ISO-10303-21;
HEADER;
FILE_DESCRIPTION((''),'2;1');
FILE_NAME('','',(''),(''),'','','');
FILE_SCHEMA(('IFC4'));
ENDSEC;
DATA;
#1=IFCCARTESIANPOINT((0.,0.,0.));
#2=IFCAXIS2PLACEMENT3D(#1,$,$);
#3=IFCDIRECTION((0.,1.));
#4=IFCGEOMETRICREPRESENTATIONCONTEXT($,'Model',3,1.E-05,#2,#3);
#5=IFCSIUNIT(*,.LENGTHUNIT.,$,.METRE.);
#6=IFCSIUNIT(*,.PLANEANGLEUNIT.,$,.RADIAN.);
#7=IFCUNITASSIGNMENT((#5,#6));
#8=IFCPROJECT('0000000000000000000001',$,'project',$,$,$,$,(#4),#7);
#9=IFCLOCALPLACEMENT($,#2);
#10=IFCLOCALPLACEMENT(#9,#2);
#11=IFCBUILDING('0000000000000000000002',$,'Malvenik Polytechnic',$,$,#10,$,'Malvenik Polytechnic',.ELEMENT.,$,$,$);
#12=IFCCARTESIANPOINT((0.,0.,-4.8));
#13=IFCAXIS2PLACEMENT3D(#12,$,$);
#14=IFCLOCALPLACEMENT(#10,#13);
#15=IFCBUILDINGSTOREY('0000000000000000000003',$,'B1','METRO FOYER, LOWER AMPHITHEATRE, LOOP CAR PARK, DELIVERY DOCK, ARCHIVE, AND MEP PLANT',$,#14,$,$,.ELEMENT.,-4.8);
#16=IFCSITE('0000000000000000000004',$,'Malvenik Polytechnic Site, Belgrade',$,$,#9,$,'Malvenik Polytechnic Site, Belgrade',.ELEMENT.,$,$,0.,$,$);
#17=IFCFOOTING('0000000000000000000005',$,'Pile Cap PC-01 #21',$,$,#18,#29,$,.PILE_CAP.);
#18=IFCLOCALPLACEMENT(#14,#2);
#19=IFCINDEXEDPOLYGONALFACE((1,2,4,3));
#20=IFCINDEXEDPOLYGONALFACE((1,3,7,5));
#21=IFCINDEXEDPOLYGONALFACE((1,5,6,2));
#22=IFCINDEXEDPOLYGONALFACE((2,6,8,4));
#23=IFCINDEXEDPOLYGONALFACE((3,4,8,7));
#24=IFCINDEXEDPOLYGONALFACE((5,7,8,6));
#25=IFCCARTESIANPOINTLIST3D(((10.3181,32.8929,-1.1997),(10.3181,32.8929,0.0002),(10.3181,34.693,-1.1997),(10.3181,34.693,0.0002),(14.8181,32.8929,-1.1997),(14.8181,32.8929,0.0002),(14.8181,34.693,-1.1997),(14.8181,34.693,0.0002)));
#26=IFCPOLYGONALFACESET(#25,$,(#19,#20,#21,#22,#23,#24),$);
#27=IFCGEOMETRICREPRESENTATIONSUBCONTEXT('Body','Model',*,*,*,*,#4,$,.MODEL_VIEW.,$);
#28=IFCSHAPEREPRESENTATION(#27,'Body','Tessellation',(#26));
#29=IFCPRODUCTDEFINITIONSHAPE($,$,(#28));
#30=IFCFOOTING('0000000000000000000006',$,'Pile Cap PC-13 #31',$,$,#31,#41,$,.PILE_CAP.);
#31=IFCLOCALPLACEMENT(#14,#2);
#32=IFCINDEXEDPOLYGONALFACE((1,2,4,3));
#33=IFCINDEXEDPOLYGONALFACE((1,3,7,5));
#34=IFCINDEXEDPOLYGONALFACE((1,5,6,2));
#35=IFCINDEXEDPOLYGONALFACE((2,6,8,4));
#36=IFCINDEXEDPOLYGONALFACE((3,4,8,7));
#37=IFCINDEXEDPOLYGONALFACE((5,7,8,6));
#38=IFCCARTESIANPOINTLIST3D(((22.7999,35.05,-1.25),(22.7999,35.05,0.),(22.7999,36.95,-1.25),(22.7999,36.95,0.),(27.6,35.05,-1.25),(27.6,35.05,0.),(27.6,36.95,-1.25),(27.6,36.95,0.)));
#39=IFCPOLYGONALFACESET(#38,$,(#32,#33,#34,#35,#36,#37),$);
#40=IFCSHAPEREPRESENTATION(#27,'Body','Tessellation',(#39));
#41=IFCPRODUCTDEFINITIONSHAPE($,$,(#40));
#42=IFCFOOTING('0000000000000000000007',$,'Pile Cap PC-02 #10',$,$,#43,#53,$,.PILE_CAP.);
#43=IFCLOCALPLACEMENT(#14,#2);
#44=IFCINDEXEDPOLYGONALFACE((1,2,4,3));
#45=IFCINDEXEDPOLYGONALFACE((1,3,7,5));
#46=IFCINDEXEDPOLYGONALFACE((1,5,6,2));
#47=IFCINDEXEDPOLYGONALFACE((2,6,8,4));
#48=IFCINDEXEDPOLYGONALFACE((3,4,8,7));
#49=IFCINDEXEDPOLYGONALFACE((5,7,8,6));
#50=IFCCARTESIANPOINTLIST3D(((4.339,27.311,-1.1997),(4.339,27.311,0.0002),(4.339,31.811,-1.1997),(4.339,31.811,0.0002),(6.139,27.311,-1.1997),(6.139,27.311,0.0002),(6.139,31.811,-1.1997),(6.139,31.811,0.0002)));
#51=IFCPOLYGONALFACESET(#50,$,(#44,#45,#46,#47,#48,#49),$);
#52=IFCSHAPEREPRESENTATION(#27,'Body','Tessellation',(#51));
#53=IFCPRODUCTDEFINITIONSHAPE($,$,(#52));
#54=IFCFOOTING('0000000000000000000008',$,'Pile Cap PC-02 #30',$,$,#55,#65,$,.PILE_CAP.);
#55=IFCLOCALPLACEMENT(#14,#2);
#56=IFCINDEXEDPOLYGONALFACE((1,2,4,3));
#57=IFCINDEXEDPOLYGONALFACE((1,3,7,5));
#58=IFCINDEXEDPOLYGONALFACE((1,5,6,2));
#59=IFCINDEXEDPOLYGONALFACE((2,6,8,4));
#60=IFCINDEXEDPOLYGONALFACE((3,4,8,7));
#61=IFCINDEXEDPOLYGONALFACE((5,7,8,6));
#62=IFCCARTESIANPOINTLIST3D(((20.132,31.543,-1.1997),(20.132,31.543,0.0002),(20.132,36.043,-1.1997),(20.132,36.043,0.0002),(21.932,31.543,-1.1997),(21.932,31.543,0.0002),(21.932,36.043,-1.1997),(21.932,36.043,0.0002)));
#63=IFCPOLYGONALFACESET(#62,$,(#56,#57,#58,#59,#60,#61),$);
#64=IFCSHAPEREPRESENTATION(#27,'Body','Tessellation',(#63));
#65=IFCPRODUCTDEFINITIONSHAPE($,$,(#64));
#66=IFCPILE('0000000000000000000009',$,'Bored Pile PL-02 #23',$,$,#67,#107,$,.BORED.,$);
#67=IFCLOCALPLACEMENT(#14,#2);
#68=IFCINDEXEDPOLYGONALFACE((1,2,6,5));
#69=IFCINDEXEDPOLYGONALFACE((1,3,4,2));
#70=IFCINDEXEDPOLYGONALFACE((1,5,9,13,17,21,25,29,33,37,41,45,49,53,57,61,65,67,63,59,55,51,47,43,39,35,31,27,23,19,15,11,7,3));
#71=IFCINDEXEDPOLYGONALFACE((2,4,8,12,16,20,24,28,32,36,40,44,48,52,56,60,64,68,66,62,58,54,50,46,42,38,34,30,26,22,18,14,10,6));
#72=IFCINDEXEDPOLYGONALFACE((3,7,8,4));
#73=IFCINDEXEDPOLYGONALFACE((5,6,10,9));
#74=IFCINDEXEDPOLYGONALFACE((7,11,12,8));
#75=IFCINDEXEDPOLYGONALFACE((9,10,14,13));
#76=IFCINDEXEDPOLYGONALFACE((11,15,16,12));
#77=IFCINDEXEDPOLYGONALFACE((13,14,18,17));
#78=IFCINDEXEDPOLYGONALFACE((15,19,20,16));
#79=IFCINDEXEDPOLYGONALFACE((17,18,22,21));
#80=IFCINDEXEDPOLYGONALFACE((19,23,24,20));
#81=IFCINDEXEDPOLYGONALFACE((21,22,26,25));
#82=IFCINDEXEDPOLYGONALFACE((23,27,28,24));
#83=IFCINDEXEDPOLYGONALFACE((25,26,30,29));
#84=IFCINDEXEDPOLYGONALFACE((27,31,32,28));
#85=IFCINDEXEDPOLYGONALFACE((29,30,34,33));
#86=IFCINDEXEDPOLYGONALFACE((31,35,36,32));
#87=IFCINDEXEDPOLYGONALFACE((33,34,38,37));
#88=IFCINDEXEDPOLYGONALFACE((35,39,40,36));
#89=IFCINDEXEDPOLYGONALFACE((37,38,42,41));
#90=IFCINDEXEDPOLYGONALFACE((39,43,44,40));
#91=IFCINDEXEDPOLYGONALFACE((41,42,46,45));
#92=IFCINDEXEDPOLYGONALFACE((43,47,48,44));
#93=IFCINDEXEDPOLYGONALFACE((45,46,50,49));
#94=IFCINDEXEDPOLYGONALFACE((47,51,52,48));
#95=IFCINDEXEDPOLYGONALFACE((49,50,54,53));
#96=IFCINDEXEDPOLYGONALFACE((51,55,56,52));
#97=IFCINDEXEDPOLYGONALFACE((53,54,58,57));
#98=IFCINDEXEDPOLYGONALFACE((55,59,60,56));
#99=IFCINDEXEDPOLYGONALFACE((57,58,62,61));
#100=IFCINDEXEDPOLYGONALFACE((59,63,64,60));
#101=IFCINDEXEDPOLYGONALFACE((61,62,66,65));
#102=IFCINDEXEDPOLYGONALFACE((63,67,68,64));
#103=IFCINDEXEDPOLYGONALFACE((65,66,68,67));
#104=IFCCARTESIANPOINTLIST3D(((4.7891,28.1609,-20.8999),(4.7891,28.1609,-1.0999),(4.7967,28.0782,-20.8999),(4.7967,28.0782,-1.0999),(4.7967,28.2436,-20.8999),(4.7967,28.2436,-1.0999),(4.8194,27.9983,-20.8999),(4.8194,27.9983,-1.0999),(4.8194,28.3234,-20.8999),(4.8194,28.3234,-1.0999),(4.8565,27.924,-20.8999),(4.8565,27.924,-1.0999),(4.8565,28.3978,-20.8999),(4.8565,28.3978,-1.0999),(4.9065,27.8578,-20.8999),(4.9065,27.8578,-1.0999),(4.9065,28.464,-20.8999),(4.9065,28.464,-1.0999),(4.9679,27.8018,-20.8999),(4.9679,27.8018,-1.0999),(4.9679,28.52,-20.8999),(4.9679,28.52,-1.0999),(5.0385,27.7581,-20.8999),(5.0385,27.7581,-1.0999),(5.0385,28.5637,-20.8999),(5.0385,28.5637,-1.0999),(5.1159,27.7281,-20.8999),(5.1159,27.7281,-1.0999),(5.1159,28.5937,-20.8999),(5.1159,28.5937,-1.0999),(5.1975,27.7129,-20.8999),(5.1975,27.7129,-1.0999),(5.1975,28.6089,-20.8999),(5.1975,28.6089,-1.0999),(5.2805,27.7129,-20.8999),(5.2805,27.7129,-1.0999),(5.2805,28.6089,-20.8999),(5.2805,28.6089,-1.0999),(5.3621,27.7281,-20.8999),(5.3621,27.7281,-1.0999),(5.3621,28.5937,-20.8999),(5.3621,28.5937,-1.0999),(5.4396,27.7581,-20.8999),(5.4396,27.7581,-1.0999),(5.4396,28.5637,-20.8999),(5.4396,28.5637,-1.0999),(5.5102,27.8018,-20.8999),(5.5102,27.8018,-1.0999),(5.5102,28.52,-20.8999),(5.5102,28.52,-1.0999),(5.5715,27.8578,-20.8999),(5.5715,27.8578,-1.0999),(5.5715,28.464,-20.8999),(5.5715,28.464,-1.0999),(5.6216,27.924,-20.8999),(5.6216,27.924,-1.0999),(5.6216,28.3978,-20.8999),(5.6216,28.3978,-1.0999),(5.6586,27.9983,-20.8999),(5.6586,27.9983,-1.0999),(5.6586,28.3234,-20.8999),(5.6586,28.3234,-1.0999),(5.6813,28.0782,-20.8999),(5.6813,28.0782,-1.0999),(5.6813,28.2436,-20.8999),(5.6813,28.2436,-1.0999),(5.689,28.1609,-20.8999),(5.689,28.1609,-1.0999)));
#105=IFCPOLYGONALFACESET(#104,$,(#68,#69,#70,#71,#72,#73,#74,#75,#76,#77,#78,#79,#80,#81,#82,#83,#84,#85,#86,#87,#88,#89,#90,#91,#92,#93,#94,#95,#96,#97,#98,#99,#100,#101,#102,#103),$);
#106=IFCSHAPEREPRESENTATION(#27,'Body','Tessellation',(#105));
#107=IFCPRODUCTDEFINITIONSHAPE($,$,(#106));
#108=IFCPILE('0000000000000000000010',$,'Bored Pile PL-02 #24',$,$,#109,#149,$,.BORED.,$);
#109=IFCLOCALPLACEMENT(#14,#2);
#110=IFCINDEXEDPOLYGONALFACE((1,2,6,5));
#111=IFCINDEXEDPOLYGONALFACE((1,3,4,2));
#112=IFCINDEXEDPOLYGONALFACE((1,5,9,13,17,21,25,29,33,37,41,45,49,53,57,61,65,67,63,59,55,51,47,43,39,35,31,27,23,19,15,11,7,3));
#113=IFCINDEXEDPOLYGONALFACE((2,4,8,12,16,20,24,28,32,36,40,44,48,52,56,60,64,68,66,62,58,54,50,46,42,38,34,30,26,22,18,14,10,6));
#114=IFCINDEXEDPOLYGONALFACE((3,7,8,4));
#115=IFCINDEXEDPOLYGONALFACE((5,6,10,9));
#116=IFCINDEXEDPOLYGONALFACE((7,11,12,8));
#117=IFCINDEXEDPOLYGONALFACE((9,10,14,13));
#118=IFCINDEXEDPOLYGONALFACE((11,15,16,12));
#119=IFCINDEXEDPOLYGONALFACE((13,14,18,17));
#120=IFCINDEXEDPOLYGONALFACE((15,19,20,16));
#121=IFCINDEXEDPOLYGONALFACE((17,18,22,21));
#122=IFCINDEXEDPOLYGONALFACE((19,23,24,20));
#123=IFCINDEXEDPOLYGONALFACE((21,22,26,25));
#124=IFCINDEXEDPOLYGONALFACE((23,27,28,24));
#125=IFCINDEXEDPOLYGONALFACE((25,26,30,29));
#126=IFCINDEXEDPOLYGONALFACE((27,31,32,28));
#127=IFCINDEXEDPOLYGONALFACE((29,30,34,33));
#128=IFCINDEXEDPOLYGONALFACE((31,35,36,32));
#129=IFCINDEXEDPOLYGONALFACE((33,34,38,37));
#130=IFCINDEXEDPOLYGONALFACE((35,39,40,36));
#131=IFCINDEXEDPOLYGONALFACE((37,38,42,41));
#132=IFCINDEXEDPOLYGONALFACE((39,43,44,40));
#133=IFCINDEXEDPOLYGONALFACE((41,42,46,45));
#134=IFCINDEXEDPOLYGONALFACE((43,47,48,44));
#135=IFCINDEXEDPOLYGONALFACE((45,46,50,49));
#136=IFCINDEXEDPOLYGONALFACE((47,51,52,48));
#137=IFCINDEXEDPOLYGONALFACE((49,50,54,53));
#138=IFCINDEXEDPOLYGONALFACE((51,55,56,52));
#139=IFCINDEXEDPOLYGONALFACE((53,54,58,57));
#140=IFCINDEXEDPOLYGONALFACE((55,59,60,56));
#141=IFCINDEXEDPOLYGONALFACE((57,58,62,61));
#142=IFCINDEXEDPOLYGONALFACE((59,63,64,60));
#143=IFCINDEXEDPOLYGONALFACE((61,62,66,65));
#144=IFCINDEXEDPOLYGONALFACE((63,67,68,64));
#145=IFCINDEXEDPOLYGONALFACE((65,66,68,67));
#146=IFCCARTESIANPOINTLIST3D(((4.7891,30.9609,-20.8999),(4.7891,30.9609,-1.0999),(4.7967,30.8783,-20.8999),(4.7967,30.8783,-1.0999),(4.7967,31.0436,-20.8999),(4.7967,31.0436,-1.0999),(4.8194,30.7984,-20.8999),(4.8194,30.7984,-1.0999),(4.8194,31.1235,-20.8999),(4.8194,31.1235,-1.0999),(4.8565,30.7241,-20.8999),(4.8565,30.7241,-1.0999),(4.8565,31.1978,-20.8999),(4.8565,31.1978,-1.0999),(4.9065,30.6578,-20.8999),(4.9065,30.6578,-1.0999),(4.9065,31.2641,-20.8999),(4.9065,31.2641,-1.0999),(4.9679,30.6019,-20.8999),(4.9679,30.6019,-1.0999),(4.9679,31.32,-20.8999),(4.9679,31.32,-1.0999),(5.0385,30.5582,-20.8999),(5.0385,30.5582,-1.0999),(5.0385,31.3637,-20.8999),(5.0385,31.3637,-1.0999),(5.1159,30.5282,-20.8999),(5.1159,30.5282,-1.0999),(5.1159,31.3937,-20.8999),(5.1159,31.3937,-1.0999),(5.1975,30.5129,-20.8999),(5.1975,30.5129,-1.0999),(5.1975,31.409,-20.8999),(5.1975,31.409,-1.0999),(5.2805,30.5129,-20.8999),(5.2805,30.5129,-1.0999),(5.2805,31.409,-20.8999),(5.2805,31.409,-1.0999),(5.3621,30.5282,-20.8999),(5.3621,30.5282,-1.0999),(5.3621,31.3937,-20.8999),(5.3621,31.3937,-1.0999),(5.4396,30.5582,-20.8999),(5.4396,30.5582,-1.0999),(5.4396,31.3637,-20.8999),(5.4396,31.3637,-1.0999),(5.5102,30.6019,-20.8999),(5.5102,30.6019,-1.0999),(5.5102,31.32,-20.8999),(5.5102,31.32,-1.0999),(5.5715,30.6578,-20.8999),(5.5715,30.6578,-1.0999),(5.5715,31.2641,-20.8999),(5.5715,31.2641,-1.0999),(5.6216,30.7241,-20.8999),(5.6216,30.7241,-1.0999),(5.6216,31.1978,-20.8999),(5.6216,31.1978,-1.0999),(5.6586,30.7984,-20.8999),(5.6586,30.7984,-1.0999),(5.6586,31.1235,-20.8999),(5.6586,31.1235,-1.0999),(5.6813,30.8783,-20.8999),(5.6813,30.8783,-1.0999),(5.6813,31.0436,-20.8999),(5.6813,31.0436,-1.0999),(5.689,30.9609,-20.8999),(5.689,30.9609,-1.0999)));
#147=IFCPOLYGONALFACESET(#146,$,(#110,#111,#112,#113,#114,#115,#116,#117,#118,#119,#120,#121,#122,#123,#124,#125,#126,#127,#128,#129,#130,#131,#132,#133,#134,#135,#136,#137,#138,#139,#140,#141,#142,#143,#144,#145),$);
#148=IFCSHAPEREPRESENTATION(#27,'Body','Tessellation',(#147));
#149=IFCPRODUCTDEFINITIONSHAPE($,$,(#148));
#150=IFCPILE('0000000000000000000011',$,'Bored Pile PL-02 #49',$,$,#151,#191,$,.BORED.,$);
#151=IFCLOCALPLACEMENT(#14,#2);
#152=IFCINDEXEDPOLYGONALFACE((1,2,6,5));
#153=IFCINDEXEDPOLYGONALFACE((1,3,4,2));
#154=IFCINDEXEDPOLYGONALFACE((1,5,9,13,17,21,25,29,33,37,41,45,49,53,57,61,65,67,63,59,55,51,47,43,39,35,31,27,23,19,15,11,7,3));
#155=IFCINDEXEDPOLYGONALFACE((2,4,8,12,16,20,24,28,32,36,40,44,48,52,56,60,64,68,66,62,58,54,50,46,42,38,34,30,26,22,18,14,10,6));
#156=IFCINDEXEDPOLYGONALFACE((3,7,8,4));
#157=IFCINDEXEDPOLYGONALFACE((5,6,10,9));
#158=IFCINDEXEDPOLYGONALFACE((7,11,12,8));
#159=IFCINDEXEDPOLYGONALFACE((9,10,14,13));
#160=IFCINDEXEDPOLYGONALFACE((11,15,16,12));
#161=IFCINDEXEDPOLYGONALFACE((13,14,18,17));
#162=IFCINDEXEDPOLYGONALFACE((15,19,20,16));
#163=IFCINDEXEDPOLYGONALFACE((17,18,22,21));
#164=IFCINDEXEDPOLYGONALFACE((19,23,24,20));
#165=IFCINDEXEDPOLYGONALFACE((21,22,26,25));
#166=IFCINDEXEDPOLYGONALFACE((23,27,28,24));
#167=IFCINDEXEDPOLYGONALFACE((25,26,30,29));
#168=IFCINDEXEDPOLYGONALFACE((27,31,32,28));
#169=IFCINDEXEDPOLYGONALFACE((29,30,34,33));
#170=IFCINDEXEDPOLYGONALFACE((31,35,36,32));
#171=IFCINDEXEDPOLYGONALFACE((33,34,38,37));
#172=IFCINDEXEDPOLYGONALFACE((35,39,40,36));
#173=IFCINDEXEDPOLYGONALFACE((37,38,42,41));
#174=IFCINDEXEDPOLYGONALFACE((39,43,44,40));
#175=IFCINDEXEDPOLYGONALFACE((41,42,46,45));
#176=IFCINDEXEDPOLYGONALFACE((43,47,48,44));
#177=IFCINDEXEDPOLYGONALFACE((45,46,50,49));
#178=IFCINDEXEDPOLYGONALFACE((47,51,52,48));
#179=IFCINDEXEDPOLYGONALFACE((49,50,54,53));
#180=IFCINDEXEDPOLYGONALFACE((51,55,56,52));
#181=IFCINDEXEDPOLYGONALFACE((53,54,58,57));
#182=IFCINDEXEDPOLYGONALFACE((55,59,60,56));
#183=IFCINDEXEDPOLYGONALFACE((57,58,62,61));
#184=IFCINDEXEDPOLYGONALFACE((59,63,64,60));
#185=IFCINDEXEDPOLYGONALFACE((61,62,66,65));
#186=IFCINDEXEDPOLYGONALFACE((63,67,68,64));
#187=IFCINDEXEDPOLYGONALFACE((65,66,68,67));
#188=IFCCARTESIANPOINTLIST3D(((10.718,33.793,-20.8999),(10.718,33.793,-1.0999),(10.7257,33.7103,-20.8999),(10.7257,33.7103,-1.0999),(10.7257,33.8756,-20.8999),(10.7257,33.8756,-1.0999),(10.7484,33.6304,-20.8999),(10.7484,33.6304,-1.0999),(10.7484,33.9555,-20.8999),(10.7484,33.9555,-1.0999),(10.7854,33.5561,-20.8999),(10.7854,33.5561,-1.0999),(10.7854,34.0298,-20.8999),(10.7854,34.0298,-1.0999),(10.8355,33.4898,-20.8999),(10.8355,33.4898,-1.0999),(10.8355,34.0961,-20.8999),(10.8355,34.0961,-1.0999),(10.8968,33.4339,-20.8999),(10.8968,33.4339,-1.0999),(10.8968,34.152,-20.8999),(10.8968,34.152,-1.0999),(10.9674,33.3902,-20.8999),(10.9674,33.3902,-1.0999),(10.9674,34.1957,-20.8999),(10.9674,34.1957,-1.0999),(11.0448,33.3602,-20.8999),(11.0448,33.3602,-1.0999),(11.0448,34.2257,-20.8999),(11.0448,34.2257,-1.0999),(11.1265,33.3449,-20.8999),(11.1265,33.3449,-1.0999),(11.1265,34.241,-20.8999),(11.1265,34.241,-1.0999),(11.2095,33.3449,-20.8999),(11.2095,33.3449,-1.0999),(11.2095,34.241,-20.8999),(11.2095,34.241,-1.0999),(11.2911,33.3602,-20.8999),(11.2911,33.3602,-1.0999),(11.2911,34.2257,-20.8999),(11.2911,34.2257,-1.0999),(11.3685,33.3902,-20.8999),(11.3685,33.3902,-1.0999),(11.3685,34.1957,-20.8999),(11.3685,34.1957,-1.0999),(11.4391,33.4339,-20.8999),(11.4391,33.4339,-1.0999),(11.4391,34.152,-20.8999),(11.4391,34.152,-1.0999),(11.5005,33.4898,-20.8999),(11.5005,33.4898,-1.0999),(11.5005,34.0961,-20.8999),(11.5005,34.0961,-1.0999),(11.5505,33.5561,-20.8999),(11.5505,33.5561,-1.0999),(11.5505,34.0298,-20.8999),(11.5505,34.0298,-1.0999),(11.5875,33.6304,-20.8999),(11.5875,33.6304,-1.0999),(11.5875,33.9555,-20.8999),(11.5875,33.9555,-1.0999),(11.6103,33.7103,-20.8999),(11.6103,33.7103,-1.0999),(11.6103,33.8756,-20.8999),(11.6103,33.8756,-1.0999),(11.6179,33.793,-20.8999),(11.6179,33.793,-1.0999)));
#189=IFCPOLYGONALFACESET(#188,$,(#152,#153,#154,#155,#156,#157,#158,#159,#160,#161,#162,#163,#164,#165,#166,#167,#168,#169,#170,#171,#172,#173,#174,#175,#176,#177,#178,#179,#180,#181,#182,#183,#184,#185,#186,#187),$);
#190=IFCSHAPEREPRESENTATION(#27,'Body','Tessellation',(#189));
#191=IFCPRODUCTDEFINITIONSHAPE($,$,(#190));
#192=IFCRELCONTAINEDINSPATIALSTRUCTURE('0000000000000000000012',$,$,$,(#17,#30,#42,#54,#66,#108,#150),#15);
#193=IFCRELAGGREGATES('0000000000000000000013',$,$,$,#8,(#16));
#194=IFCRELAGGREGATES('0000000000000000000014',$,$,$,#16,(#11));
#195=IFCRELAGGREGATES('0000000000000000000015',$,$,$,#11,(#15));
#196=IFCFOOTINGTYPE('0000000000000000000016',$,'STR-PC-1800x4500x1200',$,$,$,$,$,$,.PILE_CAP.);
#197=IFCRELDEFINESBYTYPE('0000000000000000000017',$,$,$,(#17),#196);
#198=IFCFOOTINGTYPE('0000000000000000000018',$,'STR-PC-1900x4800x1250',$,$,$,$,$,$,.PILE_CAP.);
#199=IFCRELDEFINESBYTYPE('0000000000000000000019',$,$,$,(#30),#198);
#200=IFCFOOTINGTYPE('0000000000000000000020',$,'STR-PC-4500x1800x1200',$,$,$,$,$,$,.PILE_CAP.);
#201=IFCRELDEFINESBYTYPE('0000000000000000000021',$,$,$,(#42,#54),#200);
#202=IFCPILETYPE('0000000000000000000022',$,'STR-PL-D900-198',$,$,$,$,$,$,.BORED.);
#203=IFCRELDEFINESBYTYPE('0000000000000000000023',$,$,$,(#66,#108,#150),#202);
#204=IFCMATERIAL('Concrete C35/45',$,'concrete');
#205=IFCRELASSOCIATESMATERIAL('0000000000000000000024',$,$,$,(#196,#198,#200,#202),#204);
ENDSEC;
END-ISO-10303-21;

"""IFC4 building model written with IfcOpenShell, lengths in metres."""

from ifc_helpers import new_model, si_unit, direction, frame, origin, origin_2d, place, context, subcontext, project, spatial, rectangle, circle, extrude, material, material_profile, profile_set, type_object, element, save


model = new_model("IFC4")

# Units and contexts
model_context = context("Model", 3, precision=1e-05, world=origin(), true_north=direction((0.0, 1.0)))
body_context = subcontext(model_context, "Body", "Model", "MODEL_VIEW")
ifc_project = project(units=[si_unit("LENGTHUNIT", "METRE"), si_unit("PLANEANGLEUNIT", "RADIAN")], contexts=[model_context])

# Site, building, storey
site_placement = place(None, origin())
site = spatial("IfcSite", under=ifc_project, at=site_placement, Name="Malvenik Polytechnic Site, Belgrade", LongName="Malvenik Polytechnic Site, Belgrade", CompositionType="ELEMENT", RefElevation=0.0)
building_placement = place(site_placement, origin())
building = spatial("IfcBuilding", under=site, at=building_placement, Name="Malvenik Polytechnic", LongName="Malvenik Polytechnic", CompositionType="ELEMENT")
storey_placement = place(building_placement, frame((0.0, 0.0, -4.8)))
storey = spatial("IfcBuildingStorey", under=building, at=storey_placement, Name="B1", Description="METRO FOYER, LOWER AMPHITHEATRE, LOOP CAR PARK, DELIVERY DOCK, ARCHIVE, AND MEP PLANT", CompositionType="ELEMENT", Elevation=-4.8)

# Footings
ifc_material_1 = material(Name="Concrete C35/45", Category="concrete")
footing_type_1 = type_object("IfcFootingType", Name="STR-PC-1800x4500x1200", PredefinedType="PILE_CAP", material=ifc_material_1)
footing_1_placement = place(storey_placement, frame((12.5681, 33.793, -1.1997), z_axis=(0.0, 0.0, 1.0), x_axis=(1.0, 0.0, 0.0)))
element("IfcFooting", 1, at=footing_1_placement, inside=storey, type_object=footing_type_1, Name="Pile Cap PC-01 #21", PredefinedType="PILE_CAP", context=body_context, shape_type="SweptSolid", body=[
    extrude(rectangle(XDim=4.5, YDim=1.8, at=origin_2d()), origin(), (0.0, 0.0, 1.0), 1.2),
])
footing_type_2 = type_object("IfcFootingType", Name="STR-PC-1900x4800x1250", PredefinedType="PILE_CAP", material=ifc_material_1)
footing_2_placement = place(storey_placement, frame((25.2, 36.0, -1.25), z_axis=(0.0, 0.0, 1.0), x_axis=(1.0, 0.0, 0.0)))
element("IfcFooting", 2, at=footing_2_placement, inside=storey, type_object=footing_type_2, Name="Pile Cap PC-13 #31", PredefinedType="PILE_CAP", context=body_context, shape_type="SweptSolid", body=[
    extrude(rectangle(XDim=4.8, YDim=1.8999, at=origin_2d()), origin(), (0.0, 0.0, 1.0), 1.25),
])
footing_type_3 = type_object("IfcFootingType", Name="STR-PC-4500x1800x1200", PredefinedType="PILE_CAP", material=ifc_material_1)
for number, where, z_axis, x_axis, name in (
    (3, (5.239, 29.561, -1.1997), (0.0, 0.0, 1.0), (1.0, 0.0, 0.0), "Pile Cap PC-02 #10"),
    (4, (21.032, 33.793, -1.1997), (0.0, 0.0, 1.0), (1.0, 0.0, 0.0), "Pile Cap PC-02 #30"),
):
    element("IfcFooting", number, at=place(storey_placement, frame(where, z_axis=z_axis, x_axis=x_axis)), inside=storey, type_object=footing_type_3, Name=name, PredefinedType="PILE_CAP", context=body_context, shape_type="SweptSolid", body=[
        extrude(rectangle(XDim=1.8, YDim=4.5, at=origin_2d()), origin(), (0.0, 0.0, 1.0), 1.2),
    ])

# Piles
ifc_material_profile_1 = material_profile(ifc_material_1, circle(Radius=0.45, at=origin_2d()), Name="BORED PILE D900")
ifc_profile_set_1 = profile_set([ifc_material_profile_1], Name="Concrete C35/45")
pile_type = type_object("IfcPileType", Name="STR-PL-D900-198", PredefinedType="BORED", material=ifc_profile_set_1)
for number, where, z_axis, x_axis, name in (
    (5, (5.239, 28.1609, -1.0999), (0.0, 0.0, -1.0), (1.0, 0.0, 0.0), "Bored Pile PL-02 #23"),
    (6, (5.239, 30.9609, -1.0999), (0.0, 0.0, -1.0), (1.0, 0.0, 0.0), "Bored Pile PL-02 #24"),
    (7, (11.168, 33.793, -1.0999), (0.0, 0.0, -1.0), (1.0, 0.0, 0.0), "Bored Pile PL-02 #49"),
):
    element("IfcPile", number, at=place(storey_placement, frame(where, z_axis=z_axis, x_axis=x_axis)), inside=storey, type_object=pile_type, Name=name, PredefinedType="BORED", context=body_context, shape_type="SweptSolid", body=[
        extrude(circle(Radius=0.45, at=origin_2d()), origin(), (0.0, 0.0, 1.0), 19.8),
    ])

save(model, "model.ifc")
